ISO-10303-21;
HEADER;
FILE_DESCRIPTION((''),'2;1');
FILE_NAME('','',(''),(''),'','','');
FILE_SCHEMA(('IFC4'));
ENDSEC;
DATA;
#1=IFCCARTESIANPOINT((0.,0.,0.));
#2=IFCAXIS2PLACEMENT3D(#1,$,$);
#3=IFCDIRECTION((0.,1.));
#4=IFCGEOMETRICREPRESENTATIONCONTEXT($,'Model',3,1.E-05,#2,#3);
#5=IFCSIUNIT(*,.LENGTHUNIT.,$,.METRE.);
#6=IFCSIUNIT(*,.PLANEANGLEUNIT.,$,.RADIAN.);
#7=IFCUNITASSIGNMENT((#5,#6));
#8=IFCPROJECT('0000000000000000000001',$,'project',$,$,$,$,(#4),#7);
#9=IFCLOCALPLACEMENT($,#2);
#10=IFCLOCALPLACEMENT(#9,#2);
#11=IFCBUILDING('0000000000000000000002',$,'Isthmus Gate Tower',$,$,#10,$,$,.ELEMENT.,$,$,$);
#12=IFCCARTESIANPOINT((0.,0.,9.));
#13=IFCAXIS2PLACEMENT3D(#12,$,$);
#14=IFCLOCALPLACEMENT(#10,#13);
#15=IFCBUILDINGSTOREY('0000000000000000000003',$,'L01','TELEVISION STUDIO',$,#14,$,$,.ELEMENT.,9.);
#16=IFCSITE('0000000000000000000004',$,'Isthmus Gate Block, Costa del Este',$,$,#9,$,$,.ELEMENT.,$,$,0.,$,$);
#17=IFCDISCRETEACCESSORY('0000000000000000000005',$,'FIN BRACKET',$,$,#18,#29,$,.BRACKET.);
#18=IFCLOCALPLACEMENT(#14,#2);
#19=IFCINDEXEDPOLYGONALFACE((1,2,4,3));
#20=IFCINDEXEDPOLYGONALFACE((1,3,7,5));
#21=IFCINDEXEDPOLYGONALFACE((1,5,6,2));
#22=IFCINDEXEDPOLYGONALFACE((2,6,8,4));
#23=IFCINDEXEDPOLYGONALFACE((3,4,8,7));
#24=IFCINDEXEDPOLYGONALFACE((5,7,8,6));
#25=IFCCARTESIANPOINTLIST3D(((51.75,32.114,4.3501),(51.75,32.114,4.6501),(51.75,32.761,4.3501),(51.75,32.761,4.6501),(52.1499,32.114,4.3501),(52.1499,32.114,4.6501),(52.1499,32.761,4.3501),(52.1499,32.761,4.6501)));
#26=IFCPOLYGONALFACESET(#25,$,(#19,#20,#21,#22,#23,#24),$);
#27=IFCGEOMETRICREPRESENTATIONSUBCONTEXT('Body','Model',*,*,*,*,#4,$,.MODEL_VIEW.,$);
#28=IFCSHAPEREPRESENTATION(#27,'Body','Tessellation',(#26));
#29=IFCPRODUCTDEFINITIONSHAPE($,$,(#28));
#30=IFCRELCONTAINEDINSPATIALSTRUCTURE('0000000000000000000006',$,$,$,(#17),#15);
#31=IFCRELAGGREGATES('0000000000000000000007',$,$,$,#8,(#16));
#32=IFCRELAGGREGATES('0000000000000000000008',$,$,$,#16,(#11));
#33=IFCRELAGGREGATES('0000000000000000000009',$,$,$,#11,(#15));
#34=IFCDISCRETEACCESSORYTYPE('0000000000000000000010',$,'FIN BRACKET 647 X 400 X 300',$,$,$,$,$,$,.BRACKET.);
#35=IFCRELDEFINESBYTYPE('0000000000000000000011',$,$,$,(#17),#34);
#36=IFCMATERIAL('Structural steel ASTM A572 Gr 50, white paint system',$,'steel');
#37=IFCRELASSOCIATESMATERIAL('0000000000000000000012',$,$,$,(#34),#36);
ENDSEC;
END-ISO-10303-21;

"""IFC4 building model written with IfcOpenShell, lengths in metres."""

from ifc_helpers import new_model, si_unit, direction, frame, origin, origin_2d, place, context, subcontext, project, spatial, rectangle, extrude, material, type_object, element, save


model = new_model("IFC4")

# Units and contexts
model_context = context("Model", 3, precision=1e-05, world=origin(), true_north=direction((0.0, 1.0)))
body_context = subcontext(model_context, "Body", "Model", "MODEL_VIEW")
ifc_project = project(units=[si_unit("LENGTHUNIT", "METRE"), si_unit("PLANEANGLEUNIT", "RADIAN")], contexts=[model_context])

# Site, building, storey
site_placement = place(None, origin())
site = spatial("IfcSite", under=ifc_project, at=site_placement, Name="Isthmus Gate Block, Costa del Este", CompositionType="ELEMENT", RefElevation=0.0)
building_placement = place(site_placement, origin())
building = spatial("IfcBuilding", under=site, at=building_placement, Name="Isthmus Gate Tower", CompositionType="ELEMENT")
storey_placement = place(building_placement, frame((0.0, 0.0, 9.0)))
storey = spatial("IfcBuildingStorey", under=building, at=storey_placement, Name="L01", Description="TELEVISION STUDIO", CompositionType="ELEMENT", Elevation=9.0)

# Discrete accessory
ifc_material_1 = material(Name="Structural steel ASTM A572 Gr 50, white paint system", Category="steel")
discrete_accessory_type_1 = type_object("IfcDiscreteAccessoryType", Name="FIN BRACKET 647 X 400 X 300", PredefinedType="BRACKET", material=ifc_material_1)
for number, where, z_axis, x_axis, name in (
    (1, (51.95, 32.4375, 4.3501), (0.0, 0.0, 1.0), (1.0, 0.0, 0.0), "FIN BRACKET"),
):
    element("IfcDiscreteAccessory", number, at=place(storey_placement, frame(where, z_axis=z_axis, x_axis=x_axis)), inside=storey, type_object=discrete_accessory_type_1, Name=name, PredefinedType="BRACKET", context=body_context, shape_type="SweptSolid", body=[
        extrude(rectangle(XDim=0.3999, YDim=0.647, at=origin_2d()), origin(), (0.0, 0.0, 1.0), 0.3),
    ])

save(model, "model.ifc")
